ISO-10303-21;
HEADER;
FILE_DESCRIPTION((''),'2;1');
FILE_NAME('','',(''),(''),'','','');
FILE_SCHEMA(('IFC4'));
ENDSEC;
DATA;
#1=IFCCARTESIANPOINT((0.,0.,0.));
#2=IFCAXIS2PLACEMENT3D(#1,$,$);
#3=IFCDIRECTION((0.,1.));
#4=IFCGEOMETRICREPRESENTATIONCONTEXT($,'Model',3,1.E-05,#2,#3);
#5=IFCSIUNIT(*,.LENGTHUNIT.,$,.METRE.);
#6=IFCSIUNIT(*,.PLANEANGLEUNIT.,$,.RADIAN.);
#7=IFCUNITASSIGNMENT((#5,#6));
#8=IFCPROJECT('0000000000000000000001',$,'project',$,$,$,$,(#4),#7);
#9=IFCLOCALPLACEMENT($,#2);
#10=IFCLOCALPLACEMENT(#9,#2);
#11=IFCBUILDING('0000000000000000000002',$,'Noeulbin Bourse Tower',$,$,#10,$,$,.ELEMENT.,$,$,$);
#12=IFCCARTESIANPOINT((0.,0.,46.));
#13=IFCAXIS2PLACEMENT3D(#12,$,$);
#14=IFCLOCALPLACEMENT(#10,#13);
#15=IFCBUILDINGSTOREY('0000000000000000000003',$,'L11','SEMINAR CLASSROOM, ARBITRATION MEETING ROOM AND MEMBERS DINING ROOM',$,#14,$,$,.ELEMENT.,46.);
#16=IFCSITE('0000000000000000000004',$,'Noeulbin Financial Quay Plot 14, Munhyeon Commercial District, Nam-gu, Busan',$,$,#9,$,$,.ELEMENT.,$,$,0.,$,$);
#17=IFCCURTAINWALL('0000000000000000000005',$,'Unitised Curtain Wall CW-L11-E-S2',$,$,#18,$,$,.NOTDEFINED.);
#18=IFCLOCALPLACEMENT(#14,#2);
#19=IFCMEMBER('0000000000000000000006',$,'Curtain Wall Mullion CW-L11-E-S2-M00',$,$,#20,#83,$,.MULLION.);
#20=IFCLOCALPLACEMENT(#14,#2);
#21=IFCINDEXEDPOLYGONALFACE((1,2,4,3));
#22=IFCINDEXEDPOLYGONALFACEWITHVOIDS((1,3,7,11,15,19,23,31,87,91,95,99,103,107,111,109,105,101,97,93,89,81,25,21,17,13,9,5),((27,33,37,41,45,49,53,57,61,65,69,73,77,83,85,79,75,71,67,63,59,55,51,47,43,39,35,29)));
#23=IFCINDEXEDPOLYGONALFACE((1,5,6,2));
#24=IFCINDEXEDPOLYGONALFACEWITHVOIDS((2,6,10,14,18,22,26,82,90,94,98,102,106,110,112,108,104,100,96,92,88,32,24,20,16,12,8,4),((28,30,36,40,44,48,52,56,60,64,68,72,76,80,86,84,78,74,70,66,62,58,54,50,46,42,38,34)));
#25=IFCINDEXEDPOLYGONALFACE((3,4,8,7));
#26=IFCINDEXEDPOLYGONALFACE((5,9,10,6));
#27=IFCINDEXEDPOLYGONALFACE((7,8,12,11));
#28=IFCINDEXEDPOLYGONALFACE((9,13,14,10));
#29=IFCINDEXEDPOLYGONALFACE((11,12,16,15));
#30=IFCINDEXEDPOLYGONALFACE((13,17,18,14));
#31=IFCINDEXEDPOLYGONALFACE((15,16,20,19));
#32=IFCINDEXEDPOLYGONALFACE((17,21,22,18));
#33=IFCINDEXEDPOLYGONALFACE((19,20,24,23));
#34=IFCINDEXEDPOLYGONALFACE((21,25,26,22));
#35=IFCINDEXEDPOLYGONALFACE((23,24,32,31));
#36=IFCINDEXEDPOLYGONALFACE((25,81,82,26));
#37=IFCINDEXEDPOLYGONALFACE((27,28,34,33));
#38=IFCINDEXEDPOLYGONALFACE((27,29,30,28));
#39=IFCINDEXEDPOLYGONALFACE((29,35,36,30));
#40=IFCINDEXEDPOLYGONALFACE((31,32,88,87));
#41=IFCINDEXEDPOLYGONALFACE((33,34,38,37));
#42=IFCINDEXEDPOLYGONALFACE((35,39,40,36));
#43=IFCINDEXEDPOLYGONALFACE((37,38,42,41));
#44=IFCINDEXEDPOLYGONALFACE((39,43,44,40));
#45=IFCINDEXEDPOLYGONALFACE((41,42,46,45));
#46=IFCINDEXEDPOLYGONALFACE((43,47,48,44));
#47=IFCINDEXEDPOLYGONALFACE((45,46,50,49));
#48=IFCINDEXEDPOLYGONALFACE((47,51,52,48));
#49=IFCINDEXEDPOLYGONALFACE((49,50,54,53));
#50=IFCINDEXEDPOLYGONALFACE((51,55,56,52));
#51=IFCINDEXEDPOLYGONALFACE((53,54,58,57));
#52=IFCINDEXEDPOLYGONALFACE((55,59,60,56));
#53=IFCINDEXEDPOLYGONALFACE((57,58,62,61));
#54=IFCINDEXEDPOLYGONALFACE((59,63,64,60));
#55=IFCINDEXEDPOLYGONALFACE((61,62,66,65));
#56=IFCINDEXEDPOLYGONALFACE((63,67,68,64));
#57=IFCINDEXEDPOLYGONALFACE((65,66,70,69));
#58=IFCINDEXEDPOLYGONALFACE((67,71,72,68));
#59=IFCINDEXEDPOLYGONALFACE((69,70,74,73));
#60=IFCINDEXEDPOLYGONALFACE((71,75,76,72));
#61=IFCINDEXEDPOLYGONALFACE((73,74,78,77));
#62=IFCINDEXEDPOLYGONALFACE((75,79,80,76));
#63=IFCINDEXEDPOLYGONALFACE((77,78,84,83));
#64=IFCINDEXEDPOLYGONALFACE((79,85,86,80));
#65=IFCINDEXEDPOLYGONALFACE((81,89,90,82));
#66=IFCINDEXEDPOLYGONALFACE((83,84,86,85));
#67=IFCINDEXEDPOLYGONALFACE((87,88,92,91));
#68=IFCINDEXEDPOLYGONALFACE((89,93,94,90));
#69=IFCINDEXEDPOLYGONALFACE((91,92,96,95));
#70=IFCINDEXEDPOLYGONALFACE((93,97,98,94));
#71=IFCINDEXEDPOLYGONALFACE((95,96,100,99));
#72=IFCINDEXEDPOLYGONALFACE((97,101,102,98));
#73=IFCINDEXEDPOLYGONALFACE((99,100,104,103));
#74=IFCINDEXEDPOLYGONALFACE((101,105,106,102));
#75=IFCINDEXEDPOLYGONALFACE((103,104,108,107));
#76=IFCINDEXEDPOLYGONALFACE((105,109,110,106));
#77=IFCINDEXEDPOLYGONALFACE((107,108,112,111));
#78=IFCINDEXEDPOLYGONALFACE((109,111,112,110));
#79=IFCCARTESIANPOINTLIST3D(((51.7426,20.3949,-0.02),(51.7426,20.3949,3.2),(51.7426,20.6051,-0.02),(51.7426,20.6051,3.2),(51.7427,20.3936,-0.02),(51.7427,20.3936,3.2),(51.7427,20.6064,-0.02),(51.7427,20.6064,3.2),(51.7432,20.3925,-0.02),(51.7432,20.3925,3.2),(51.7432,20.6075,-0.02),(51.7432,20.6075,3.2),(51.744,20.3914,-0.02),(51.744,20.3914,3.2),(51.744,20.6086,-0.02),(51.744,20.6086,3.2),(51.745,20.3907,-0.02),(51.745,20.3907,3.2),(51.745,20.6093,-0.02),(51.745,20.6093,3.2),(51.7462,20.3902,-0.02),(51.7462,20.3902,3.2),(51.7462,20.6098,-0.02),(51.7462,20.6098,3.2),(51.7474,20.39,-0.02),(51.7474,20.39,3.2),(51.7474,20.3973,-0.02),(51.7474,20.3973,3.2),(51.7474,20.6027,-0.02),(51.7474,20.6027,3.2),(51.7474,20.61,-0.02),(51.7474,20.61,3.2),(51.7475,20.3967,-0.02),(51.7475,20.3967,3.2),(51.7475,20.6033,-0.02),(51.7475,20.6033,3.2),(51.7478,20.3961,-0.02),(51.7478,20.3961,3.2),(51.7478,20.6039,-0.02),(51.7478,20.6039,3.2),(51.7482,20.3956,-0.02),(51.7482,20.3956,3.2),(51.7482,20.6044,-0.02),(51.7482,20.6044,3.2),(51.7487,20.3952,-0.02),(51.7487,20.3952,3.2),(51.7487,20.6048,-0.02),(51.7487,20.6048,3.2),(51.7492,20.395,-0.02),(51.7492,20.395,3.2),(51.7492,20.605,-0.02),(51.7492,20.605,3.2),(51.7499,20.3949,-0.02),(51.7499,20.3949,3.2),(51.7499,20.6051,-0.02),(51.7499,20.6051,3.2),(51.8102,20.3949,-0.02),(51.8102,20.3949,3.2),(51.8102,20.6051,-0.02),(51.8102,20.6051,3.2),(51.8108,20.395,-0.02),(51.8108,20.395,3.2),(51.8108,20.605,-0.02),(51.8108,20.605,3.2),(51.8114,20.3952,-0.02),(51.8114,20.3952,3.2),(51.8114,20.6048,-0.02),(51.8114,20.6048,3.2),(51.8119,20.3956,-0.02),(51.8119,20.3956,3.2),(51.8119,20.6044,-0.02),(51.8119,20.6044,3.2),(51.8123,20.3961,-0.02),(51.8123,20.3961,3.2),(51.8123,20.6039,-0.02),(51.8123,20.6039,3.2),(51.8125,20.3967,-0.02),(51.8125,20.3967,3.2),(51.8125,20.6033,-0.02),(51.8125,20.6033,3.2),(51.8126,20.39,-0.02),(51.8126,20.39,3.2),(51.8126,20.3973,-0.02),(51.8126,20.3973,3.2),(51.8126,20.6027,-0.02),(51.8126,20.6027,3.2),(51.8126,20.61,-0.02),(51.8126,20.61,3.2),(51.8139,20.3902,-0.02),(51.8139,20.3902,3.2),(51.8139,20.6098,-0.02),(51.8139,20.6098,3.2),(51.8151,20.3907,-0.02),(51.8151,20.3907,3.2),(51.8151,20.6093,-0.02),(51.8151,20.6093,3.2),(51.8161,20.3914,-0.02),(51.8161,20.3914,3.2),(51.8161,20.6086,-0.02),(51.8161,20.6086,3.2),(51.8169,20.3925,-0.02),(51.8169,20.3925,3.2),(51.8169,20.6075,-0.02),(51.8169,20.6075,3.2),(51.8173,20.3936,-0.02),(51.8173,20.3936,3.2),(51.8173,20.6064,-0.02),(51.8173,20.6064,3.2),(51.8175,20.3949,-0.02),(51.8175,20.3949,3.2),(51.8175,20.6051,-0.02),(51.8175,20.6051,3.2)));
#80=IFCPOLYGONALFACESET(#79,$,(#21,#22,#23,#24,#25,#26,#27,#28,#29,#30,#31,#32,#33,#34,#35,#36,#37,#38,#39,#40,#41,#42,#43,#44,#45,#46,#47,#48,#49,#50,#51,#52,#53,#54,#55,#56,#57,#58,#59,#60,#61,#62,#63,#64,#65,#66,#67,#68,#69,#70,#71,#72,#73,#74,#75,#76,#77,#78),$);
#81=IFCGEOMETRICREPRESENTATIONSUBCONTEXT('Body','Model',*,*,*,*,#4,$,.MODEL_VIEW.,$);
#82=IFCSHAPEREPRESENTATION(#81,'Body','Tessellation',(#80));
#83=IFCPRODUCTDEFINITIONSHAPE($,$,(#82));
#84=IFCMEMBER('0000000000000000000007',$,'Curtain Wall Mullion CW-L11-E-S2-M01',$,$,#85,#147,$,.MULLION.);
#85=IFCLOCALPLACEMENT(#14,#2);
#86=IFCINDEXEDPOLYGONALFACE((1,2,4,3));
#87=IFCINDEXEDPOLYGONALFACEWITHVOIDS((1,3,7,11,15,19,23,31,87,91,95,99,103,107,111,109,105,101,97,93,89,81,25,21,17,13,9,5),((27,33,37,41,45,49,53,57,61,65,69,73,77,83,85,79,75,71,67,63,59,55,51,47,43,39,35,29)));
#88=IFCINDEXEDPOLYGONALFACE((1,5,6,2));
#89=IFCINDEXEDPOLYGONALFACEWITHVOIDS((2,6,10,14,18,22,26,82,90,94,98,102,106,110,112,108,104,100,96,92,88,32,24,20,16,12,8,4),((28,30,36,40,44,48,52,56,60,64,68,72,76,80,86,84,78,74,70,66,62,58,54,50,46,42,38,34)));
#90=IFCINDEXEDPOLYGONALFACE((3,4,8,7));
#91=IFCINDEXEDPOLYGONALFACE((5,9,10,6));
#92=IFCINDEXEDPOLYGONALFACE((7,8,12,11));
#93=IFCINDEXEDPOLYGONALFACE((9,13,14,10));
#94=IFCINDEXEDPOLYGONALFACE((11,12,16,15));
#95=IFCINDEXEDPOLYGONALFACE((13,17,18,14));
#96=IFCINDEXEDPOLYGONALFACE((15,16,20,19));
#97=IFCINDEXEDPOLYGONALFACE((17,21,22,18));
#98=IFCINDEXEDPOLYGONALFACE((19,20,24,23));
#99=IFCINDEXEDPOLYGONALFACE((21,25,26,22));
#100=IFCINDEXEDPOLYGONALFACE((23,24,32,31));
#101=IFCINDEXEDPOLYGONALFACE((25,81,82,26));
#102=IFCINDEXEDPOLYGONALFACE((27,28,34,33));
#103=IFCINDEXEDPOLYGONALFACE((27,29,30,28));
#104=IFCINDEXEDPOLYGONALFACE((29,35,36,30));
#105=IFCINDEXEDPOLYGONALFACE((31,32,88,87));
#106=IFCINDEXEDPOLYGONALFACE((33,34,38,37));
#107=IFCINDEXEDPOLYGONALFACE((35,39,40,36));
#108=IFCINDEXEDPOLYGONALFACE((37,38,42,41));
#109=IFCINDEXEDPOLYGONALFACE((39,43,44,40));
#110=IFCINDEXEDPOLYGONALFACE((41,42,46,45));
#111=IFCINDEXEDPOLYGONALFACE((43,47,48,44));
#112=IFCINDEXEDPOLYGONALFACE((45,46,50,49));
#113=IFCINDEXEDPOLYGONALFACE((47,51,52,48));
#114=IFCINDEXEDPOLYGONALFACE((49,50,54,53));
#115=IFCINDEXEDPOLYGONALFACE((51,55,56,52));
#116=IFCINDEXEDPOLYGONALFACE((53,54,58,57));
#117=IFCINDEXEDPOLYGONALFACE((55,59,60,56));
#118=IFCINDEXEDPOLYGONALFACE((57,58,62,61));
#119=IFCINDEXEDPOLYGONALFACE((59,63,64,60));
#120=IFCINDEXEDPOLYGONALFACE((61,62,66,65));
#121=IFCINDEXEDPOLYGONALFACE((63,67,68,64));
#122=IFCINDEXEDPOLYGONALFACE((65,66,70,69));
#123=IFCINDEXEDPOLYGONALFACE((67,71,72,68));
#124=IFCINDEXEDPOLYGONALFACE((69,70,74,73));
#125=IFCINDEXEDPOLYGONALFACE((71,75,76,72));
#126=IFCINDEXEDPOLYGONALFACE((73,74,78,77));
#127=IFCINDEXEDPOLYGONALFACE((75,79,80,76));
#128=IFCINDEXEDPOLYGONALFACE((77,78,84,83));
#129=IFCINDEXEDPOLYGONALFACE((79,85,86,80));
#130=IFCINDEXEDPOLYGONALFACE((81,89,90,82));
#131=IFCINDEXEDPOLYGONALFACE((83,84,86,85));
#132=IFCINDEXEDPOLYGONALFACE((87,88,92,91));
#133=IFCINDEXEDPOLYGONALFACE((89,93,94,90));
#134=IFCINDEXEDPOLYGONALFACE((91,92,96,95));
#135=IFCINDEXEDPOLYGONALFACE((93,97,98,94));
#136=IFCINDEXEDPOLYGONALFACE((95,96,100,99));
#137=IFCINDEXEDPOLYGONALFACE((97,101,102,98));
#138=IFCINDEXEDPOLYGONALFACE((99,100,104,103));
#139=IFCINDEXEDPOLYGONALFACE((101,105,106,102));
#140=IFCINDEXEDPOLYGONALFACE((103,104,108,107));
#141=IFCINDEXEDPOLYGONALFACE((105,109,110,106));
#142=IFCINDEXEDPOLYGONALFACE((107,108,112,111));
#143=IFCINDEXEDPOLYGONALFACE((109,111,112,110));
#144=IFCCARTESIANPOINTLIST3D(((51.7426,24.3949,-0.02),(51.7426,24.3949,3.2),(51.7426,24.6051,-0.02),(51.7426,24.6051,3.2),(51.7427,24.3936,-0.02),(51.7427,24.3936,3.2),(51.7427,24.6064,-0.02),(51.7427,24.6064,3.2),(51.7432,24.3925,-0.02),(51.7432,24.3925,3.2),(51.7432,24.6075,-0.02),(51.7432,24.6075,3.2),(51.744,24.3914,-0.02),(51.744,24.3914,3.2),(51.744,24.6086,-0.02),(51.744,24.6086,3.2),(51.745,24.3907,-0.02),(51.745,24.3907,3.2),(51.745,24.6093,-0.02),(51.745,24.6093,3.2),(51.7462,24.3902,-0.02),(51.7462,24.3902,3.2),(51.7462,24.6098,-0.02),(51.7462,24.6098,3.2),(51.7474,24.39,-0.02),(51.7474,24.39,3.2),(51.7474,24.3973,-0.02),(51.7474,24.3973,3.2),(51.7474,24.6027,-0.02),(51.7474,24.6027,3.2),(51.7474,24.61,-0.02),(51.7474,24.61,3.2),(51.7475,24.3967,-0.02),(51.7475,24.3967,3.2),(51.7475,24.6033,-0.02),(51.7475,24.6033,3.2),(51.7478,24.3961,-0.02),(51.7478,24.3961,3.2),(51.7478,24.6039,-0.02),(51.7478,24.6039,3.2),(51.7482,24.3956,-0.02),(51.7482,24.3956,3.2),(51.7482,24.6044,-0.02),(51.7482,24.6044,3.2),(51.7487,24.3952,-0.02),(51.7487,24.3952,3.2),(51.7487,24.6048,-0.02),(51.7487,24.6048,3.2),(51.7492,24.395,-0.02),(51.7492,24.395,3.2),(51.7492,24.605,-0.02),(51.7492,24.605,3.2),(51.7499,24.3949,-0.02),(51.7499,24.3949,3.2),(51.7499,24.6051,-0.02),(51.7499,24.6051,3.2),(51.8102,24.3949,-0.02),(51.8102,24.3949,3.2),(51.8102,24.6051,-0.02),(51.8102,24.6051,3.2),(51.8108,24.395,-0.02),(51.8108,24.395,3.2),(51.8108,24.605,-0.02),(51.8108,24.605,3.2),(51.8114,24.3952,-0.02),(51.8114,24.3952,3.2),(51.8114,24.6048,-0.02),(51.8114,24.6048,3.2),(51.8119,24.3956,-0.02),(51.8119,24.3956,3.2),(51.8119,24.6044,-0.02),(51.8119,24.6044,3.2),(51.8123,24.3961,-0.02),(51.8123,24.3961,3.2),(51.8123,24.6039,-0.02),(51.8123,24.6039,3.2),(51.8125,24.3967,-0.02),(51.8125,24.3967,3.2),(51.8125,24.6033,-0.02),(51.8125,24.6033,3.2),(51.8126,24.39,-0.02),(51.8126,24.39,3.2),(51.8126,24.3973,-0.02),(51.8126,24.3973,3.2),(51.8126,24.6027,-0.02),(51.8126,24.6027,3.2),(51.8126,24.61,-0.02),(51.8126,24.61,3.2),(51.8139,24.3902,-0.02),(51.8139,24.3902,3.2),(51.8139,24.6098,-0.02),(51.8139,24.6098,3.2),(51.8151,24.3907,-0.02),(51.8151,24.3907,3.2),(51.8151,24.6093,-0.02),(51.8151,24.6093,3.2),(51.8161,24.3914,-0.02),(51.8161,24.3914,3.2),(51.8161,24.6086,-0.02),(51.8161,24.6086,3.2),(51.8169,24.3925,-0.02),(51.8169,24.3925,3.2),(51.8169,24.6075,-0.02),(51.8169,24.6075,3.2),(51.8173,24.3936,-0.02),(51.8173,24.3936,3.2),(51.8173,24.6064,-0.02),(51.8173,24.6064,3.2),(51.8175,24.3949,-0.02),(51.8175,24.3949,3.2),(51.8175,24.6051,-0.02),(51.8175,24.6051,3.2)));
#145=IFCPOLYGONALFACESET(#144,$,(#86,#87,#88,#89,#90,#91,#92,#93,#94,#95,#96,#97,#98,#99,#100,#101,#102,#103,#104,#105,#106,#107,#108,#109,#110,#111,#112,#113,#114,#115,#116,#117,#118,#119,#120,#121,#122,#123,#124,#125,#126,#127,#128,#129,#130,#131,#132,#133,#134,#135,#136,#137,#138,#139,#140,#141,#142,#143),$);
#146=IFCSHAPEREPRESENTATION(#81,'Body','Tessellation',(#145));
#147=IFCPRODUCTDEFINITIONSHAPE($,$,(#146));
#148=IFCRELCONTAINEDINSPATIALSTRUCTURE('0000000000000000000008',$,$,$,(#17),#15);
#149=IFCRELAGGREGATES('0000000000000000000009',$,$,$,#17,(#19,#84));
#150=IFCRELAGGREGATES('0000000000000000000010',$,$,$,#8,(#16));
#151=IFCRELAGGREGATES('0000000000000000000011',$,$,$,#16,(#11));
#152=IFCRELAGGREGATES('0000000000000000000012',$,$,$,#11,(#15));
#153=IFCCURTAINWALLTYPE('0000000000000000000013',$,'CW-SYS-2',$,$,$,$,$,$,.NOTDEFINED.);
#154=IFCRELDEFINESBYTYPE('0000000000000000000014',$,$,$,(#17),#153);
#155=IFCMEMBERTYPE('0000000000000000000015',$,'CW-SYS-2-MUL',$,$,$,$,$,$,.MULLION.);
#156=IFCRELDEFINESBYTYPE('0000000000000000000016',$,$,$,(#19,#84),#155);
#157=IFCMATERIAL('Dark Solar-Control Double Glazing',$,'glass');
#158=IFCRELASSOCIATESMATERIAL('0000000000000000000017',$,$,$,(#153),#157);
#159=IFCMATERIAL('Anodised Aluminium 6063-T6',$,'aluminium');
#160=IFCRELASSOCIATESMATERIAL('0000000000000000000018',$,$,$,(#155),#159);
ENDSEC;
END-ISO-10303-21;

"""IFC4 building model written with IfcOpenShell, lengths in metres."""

from ifc_helpers import new_model, si_unit, direction, frame, origin, origin_2d, place, context, subcontext, project, spatial, hollow_rectangle, extrude, material, material_profile, profile_set, type_object, element, aggregate, save


model = new_model("IFC4")

# Units and contexts
model_context = context("Model", 3, precision=1e-05, world=origin(), true_north=direction((0.0, 1.0)))
body_context = subcontext(model_context, "Body", "Model", "MODEL_VIEW")
ifc_project = project(units=[si_unit("LENGTHUNIT", "METRE"), si_unit("PLANEANGLEUNIT", "RADIAN")], contexts=[model_context])

# Site, building, storey
site_placement = place(None, origin())
site = spatial("IfcSite", under=ifc_project, at=site_placement, Name="Noeulbin Financial Quay Plot 14, Munhyeon Commercial District, Nam-gu, Busan", CompositionType="ELEMENT", RefElevation=0.0)
building_placement = place(site_placement, origin())
building = spatial("IfcBuilding", under=site, at=building_placement, Name="Noeulbin Bourse Tower", CompositionType="ELEMENT")
storey_placement = place(building_placement, frame((0.0, 0.0, 46.0)))
storey = spatial("IfcBuildingStorey", under=building, at=storey_placement, Name="L11", Description="SEMINAR CLASSROOM, ARBITRATION MEETING ROOM AND MEMBERS DINING ROOM", CompositionType="ELEMENT", Elevation=46.0)

# Curtain wall, members
ifc_material_1 = material(Name="Dark Solar-Control Double Glazing", Category="glass")
curtain_wall_type = type_object("IfcCurtainWallType", Name="CW-SYS-2", PredefinedType="NOTDEFINED", material=ifc_material_1)
ifc_material_2 = material(Name="Anodised Aluminium 6063-T6", Category="aluminium")
ifc_material_profile_1 = material_profile(ifc_material_2, hollow_rectangle(XDim=0.075, YDim=0.22, WallThickness=0.0049, InnerFilletRadius=0.0024, OuterFilletRadius=0.0049, at=origin_2d()), Name="ALU-MULL-75x220x5", Category="LoadBearing")
ifc_profile_set_1 = profile_set([ifc_material_profile_1], Name="Anodised Aluminium 6063-T6")
member_type_1 = type_object("IfcMemberType", Name="CW-SYS-2-MUL", PredefinedType="MULLION", material=ifc_profile_set_1)
curtain_wall_1_placement = place(storey_placement, origin())
curtain_wall_1 = element("IfcCurtainWall", 1, at=curtain_wall_1_placement, inside=storey, type_object=curtain_wall_type, Name="Unitised Curtain Wall CW-L11-E-S2", PredefinedType="NOTDEFINED")
member_1_placement = place(storey_placement, frame((51.78, 20.5, -0.02), z_axis=(0.0, 0.0, 1.0), x_axis=(1.0, 0.0, 0.0)))
member_1 = element("IfcMember", 2, at=member_1_placement, type_object=member_type_1, Name="Curtain Wall Mullion CW-L11-E-S2-M00", PredefinedType="MULLION", context=body_context, shape_type="SweptSolid", body=[
    extrude(hollow_rectangle(XDim=0.075, YDim=0.22, WallThickness=0.0049, InnerFilletRadius=0.0024, OuterFilletRadius=0.0049, at=origin_2d()), origin(), (0.0, 0.0, 1.0), 3.22),
])
member_2_placement = place(storey_placement, frame((51.78, 24.5, -0.02), z_axis=(0.0, 0.0, 1.0), x_axis=(1.0, 0.0, 0.0)))
member_2 = element("IfcMember", 3, at=member_2_placement, type_object=member_type_1, Name="Curtain Wall Mullion CW-L11-E-S2-M01", PredefinedType="MULLION", context=body_context, shape_type="SweptSolid", body=[
    extrude(hollow_rectangle(XDim=0.075, YDim=0.22, WallThickness=0.0049, InnerFilletRadius=0.0024, OuterFilletRadius=0.0049, at=origin_2d()), origin(), (0.0, 0.0, 1.0), 3.22),
])

aggregate(curtain_wall_1, [member_1, member_2])

save(model, "model.ifc")
